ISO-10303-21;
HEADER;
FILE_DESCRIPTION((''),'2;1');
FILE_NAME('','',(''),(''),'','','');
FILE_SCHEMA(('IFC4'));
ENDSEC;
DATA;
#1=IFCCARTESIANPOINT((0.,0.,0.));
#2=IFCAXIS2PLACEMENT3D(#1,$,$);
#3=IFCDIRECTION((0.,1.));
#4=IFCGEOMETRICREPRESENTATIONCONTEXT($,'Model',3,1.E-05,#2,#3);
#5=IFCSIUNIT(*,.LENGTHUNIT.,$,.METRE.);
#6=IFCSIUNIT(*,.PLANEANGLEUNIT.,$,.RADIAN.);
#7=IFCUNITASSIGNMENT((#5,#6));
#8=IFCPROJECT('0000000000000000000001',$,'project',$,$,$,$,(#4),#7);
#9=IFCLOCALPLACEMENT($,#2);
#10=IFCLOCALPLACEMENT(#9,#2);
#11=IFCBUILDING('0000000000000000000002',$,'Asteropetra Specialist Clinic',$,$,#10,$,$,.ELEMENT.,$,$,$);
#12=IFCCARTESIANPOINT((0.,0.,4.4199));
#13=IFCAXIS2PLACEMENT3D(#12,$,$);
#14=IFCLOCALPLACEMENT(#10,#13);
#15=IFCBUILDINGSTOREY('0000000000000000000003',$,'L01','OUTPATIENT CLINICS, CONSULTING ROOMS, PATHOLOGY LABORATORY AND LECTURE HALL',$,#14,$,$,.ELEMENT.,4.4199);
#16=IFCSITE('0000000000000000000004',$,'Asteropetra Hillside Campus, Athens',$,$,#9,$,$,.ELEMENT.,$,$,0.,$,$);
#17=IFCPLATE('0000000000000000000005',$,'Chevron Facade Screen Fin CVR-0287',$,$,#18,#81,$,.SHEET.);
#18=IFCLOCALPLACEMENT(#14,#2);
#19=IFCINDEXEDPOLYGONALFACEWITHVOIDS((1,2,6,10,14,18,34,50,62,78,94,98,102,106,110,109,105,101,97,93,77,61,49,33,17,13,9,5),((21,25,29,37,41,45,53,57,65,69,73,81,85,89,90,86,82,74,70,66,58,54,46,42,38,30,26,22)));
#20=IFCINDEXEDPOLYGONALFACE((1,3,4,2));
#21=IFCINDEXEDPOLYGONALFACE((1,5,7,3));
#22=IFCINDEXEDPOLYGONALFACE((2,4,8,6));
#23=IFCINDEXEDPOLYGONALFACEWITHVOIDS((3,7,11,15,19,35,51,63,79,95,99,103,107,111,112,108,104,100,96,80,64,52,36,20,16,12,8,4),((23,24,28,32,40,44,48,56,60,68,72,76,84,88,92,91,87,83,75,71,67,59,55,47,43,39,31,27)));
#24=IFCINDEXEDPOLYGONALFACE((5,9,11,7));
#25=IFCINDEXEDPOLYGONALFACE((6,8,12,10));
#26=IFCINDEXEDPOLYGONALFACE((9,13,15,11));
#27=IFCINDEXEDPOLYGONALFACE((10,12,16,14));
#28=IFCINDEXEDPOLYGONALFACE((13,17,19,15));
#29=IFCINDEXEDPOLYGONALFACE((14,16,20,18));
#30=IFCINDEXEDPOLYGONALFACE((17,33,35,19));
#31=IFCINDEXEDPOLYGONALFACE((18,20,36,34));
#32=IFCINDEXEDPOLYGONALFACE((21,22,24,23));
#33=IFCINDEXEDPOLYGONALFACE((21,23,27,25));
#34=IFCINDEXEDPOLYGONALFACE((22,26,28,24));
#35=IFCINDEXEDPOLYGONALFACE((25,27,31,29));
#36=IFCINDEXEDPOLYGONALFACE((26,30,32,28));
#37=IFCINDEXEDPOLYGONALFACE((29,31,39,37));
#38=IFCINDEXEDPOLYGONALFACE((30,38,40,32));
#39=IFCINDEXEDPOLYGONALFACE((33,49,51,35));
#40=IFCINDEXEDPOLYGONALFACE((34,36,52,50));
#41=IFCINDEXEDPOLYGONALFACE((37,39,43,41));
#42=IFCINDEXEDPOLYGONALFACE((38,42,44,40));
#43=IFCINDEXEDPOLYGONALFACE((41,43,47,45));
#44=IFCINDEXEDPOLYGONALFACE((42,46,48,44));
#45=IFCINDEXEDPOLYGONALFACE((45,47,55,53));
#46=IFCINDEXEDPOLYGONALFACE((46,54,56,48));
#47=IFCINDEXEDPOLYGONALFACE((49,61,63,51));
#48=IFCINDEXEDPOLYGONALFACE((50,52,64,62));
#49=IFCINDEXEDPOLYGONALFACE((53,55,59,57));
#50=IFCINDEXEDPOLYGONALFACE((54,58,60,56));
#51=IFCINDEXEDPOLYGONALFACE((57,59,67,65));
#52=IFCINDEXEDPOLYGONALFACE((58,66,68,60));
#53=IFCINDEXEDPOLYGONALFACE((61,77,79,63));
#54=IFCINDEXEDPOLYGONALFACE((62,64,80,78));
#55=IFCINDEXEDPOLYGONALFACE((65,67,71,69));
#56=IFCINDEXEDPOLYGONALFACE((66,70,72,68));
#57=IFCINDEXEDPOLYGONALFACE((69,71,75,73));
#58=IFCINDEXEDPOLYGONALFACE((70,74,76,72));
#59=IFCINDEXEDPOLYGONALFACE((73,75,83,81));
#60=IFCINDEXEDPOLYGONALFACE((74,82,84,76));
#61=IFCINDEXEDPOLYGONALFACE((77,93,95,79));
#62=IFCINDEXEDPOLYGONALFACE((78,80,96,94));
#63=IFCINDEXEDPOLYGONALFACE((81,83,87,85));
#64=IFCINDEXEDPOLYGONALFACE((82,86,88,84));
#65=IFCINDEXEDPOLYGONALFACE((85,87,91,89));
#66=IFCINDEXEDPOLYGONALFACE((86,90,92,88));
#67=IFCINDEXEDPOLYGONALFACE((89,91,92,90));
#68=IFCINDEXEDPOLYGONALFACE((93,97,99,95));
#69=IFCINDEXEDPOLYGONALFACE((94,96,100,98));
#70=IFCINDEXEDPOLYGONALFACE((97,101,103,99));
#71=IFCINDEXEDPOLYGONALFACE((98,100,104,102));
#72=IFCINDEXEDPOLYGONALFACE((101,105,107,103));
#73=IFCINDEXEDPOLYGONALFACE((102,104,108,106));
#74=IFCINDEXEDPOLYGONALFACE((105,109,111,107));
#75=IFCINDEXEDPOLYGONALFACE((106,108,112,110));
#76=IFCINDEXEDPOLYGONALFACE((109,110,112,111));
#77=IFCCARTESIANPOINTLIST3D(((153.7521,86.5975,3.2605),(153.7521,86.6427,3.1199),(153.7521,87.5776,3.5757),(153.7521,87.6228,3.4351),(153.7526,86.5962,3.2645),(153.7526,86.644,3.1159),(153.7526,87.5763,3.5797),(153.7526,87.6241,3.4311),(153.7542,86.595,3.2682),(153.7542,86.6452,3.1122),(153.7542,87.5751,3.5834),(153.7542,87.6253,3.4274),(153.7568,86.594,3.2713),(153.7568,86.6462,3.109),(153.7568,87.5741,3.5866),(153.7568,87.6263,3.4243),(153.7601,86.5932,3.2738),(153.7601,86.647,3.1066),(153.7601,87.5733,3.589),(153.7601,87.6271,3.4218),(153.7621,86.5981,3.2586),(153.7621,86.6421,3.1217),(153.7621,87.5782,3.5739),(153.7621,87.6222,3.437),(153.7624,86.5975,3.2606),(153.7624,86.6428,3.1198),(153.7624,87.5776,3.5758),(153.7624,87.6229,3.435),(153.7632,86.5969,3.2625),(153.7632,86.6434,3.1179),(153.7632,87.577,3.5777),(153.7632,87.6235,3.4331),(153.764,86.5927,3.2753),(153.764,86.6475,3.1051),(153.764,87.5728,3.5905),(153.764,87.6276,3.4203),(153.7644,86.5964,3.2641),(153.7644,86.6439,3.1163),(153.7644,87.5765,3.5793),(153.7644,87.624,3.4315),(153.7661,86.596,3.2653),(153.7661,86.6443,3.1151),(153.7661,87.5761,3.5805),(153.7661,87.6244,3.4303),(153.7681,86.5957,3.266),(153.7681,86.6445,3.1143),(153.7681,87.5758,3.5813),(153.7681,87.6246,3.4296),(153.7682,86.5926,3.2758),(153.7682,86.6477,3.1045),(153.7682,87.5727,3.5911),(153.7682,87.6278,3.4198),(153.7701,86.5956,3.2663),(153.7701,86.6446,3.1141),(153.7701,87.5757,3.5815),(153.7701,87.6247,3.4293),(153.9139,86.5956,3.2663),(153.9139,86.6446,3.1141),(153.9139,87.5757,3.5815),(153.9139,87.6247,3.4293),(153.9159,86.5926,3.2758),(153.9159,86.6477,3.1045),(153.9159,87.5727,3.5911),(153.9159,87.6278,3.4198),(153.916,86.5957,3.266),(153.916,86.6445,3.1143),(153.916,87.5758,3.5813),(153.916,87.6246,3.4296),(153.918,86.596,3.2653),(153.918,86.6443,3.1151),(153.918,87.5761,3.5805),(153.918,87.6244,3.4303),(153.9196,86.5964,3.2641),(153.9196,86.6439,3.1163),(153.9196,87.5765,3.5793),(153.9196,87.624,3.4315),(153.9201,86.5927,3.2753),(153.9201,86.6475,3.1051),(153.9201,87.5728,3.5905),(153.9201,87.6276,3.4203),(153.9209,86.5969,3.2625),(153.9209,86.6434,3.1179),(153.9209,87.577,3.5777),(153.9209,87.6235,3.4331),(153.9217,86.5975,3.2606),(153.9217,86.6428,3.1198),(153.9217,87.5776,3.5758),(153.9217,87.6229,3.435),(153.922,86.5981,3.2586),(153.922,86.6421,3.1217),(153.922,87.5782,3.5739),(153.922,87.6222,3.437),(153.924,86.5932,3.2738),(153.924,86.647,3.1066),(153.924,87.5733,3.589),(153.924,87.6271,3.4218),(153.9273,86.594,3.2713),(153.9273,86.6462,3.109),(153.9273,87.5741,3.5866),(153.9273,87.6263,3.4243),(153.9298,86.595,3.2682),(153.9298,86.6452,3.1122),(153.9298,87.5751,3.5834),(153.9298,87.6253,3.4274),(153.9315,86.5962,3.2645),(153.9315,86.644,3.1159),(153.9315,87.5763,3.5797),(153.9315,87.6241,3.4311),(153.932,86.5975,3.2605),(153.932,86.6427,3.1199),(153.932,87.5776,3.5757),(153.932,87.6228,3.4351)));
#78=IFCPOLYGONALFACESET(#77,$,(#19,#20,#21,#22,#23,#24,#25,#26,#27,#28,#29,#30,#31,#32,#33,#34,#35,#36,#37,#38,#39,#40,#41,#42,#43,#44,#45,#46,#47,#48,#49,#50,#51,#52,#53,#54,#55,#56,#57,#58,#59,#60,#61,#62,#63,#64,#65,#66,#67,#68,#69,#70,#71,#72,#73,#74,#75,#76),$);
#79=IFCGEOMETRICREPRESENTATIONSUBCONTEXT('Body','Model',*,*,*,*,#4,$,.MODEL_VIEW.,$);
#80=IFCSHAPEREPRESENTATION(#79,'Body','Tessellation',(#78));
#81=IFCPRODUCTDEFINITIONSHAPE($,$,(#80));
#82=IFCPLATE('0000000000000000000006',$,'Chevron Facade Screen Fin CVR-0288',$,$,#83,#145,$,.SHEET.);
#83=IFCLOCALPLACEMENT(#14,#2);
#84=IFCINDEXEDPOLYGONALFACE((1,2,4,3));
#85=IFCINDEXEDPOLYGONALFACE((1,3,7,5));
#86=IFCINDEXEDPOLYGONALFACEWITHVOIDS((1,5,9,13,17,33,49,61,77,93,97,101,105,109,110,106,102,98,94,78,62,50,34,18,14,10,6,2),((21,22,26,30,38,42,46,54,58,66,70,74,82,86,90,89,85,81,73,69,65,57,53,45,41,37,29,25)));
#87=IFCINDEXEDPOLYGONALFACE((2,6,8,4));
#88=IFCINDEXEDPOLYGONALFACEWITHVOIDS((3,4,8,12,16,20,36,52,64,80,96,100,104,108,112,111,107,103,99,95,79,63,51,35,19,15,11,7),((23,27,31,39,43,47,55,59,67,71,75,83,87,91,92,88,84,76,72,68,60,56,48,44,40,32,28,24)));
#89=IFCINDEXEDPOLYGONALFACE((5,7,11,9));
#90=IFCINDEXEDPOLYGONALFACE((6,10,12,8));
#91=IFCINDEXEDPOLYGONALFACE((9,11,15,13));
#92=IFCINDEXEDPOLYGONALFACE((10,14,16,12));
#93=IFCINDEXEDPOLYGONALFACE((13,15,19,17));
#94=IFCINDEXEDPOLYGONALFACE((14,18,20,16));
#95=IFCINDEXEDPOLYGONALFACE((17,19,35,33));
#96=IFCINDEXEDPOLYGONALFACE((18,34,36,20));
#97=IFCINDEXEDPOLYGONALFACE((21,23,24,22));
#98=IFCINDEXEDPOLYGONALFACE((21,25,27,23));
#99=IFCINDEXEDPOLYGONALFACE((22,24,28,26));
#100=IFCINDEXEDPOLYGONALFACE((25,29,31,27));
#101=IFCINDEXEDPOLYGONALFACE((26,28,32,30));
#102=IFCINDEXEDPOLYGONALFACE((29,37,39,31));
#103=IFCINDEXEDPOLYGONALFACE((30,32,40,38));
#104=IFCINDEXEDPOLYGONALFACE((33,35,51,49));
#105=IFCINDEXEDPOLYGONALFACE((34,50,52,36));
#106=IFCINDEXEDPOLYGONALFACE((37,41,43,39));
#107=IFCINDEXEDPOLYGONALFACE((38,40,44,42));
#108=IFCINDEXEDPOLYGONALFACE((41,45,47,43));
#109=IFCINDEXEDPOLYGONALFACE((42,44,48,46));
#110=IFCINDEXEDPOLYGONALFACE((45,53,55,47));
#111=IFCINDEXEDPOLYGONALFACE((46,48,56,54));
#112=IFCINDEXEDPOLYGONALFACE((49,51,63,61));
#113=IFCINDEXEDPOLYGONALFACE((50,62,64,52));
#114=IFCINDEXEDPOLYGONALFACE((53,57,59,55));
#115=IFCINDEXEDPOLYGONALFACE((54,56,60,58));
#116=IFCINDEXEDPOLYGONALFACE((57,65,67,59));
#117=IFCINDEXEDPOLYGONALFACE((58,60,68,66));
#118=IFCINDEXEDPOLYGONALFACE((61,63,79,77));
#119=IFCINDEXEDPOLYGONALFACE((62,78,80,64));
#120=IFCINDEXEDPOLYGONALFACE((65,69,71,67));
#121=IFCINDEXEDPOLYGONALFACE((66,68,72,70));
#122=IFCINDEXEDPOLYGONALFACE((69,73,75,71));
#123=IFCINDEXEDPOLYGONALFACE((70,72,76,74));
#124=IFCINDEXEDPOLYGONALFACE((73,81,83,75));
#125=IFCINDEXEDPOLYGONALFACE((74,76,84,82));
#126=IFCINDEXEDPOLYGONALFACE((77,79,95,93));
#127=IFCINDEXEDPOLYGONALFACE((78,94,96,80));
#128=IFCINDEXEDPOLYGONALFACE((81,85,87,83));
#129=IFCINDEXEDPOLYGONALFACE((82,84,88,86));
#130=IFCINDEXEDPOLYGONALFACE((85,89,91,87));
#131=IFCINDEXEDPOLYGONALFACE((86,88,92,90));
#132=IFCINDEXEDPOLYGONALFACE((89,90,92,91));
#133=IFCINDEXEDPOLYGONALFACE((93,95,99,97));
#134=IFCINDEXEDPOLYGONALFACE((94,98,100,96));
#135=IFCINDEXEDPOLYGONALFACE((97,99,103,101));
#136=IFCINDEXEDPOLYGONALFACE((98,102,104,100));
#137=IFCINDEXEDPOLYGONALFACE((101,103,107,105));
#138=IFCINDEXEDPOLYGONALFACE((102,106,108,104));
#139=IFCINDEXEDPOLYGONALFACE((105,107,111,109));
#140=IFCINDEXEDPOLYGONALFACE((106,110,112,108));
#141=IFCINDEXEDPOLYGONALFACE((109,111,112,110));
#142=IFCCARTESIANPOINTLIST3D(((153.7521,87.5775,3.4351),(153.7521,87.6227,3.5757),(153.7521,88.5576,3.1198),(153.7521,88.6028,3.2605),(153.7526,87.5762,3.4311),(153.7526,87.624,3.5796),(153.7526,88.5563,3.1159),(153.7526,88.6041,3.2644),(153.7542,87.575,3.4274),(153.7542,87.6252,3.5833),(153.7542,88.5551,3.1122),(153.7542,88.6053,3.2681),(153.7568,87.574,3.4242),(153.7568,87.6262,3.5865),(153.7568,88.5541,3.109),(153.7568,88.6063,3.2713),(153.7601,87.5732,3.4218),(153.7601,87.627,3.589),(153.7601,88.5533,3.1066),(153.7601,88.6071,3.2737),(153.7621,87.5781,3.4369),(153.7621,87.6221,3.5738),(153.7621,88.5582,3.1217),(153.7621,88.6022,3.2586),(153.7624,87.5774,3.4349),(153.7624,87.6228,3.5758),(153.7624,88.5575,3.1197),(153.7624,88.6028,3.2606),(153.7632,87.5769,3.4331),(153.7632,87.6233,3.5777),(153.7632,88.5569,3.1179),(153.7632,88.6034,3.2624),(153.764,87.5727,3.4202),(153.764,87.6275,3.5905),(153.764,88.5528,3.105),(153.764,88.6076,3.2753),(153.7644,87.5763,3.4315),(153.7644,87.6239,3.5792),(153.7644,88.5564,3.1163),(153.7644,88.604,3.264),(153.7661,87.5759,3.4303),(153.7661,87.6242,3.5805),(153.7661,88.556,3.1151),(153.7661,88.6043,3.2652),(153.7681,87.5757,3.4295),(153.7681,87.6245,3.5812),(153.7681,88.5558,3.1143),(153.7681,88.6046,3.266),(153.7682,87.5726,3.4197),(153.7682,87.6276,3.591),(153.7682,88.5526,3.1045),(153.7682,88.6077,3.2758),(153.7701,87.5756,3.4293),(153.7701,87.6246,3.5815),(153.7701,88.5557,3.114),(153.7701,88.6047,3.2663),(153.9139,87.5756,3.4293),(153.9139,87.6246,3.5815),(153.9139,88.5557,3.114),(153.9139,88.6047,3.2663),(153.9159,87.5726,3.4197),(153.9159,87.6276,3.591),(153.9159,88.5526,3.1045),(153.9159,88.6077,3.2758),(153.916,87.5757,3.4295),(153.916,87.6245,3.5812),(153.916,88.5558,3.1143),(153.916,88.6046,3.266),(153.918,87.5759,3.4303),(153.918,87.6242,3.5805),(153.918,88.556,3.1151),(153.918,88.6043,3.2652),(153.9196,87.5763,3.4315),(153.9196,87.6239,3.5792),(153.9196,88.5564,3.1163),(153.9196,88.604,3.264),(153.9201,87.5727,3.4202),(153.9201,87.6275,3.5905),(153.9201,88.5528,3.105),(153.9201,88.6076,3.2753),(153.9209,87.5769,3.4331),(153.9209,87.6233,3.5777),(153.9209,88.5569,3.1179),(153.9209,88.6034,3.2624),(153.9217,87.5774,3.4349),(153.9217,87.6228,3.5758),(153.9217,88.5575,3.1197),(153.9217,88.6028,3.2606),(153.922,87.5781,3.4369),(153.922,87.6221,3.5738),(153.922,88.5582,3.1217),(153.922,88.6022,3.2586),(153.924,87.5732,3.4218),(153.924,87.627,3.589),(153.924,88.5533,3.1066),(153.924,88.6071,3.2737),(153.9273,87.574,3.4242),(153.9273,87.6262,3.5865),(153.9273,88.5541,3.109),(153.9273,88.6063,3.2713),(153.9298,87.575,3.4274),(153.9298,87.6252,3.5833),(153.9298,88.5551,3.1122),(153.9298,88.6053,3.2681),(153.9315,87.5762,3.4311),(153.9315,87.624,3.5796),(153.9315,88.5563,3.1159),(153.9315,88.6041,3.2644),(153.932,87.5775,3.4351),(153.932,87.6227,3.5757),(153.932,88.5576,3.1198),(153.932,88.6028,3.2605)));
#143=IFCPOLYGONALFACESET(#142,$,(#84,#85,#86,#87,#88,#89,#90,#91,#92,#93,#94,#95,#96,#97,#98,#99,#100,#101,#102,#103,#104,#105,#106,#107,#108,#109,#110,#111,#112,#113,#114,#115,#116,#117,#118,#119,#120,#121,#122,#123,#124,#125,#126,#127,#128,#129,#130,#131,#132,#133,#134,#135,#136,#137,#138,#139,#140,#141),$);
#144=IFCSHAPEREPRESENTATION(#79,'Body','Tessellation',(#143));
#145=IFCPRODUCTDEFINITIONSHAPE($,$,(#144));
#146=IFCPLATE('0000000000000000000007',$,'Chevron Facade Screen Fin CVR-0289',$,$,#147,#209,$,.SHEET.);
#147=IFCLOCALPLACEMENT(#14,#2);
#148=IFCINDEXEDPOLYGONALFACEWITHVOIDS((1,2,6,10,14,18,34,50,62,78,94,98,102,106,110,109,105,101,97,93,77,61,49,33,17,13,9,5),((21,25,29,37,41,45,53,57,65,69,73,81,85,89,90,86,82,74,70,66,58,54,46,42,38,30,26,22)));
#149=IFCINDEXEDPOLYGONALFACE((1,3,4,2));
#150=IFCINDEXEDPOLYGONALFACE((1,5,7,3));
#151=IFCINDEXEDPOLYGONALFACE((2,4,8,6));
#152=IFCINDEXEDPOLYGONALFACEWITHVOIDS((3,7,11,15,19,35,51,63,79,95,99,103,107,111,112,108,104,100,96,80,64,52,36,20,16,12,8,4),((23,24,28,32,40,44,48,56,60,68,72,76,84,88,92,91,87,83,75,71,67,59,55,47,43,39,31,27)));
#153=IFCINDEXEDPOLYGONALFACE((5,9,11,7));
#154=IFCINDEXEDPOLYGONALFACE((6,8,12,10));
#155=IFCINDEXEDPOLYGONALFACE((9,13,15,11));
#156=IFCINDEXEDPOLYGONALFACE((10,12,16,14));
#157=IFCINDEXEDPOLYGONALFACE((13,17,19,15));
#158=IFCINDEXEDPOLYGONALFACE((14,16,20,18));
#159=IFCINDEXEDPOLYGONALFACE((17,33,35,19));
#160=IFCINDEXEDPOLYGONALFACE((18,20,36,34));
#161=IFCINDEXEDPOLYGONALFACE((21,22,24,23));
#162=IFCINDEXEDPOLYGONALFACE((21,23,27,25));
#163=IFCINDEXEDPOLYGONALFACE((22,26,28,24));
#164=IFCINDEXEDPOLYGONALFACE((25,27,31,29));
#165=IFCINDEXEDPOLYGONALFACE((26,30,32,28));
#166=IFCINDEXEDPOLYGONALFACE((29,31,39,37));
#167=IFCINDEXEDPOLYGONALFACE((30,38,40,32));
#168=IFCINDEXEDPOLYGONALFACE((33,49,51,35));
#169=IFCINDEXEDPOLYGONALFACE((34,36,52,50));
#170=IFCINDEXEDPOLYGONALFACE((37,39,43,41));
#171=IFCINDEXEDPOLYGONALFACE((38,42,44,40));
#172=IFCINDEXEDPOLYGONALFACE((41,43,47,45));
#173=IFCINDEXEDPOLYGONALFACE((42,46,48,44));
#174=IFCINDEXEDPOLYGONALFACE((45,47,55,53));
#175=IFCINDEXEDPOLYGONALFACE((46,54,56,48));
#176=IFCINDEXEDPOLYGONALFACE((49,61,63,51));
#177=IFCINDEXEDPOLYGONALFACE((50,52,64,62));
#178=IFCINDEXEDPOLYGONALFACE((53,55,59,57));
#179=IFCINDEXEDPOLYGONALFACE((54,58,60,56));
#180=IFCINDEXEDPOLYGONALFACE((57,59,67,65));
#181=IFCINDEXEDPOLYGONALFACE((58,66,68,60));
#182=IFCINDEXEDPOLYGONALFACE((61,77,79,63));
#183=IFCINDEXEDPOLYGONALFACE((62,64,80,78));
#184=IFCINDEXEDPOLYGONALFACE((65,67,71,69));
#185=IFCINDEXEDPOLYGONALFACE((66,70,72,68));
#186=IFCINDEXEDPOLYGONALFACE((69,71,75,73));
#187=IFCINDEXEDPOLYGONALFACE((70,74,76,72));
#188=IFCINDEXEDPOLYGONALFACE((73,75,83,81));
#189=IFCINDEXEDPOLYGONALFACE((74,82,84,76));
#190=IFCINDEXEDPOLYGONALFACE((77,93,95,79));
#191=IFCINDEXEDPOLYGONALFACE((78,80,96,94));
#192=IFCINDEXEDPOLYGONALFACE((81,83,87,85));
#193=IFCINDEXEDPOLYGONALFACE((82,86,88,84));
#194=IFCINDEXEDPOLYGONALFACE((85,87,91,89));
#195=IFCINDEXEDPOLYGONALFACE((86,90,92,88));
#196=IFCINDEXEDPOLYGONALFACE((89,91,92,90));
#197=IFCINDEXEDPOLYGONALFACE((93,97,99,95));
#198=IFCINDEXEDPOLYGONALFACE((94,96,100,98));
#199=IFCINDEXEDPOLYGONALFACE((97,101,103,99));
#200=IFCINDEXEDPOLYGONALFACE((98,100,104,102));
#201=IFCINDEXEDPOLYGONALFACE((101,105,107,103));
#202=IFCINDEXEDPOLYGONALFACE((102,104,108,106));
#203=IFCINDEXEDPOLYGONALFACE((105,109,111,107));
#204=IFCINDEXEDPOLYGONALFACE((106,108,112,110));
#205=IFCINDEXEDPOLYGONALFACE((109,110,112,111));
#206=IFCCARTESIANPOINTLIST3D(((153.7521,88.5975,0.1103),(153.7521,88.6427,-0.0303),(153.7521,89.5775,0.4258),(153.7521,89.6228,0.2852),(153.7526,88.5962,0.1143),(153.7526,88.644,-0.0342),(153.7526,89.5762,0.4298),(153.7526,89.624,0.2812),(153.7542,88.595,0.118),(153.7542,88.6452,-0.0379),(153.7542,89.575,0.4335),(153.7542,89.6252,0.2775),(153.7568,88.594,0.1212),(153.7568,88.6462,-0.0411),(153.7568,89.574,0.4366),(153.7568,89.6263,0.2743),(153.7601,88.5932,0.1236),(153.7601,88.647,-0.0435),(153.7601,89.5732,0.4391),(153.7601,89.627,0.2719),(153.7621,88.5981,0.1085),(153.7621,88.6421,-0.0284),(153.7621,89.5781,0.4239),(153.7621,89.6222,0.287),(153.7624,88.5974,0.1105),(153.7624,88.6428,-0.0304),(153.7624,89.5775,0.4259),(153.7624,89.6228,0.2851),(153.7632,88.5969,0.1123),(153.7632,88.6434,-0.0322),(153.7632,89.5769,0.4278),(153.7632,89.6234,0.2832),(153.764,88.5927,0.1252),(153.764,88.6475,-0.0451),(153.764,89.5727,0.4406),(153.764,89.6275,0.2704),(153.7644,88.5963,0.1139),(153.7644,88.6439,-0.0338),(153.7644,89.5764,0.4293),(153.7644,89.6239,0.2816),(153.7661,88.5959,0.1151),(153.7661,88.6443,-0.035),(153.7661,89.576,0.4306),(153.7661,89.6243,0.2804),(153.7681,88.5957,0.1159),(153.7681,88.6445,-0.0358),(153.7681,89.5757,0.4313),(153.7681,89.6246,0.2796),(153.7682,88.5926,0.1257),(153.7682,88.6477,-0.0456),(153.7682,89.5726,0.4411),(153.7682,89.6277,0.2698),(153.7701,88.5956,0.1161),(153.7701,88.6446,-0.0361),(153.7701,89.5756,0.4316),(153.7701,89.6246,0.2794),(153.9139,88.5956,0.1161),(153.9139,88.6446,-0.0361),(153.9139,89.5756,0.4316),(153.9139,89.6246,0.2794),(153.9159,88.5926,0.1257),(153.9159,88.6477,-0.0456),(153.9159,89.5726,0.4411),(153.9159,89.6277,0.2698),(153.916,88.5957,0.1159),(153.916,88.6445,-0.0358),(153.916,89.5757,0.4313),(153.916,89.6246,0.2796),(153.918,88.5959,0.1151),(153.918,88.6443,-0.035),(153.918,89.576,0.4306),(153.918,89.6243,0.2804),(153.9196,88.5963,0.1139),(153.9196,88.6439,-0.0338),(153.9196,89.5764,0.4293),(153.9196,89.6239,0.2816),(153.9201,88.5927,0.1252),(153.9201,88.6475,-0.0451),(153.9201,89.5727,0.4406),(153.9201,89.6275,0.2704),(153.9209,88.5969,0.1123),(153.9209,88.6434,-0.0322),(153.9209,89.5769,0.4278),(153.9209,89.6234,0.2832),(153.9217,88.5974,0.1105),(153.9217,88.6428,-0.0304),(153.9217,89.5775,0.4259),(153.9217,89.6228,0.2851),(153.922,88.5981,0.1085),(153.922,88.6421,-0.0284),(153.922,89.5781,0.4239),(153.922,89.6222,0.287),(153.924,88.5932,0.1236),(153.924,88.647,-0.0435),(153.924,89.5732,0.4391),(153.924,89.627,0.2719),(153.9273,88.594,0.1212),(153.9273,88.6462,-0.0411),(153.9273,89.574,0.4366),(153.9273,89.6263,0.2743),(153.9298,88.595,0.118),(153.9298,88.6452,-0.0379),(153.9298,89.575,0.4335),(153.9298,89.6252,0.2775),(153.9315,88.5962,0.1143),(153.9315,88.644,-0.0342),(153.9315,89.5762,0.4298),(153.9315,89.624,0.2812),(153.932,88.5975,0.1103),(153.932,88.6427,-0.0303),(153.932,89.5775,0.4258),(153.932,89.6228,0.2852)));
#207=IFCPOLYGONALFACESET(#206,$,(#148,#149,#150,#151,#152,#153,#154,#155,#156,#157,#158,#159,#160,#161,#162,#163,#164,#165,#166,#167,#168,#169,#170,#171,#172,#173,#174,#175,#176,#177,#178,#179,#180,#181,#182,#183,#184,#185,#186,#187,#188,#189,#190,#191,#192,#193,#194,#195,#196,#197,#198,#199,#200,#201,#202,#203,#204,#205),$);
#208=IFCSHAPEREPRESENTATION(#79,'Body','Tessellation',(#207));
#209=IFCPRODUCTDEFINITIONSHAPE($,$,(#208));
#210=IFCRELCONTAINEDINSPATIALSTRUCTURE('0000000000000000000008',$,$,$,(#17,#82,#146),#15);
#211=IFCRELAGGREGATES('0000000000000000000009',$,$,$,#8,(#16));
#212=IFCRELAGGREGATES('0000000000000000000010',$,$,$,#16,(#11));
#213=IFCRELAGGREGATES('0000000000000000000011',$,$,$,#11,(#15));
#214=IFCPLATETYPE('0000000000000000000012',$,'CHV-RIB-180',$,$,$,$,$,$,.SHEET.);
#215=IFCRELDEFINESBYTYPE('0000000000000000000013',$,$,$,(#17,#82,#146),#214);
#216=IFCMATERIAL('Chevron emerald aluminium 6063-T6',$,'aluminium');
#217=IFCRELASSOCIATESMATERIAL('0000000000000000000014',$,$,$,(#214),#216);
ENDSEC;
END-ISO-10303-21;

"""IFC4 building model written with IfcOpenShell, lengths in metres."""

from ifc_helpers import new_model, si_unit, direction, frame, origin, origin_2d, place, context, subcontext, project, spatial, hollow_rectangle, extrude, material, material_profile, profile_set, type_object, element, save


model = new_model("IFC4")

# Units and contexts
model_context = context("Model", 3, precision=1e-05, world=origin(), true_north=direction((0.0, 1.0)))
body_context = subcontext(model_context, "Body", "Model", "MODEL_VIEW")
ifc_project = project(units=[si_unit("LENGTHUNIT", "METRE"), si_unit("PLANEANGLEUNIT", "RADIAN")], contexts=[model_context])

# Site, building, storey
site_placement = place(None, origin())
site = spatial("IfcSite", under=ifc_project, at=site_placement, Name="Asteropetra Hillside Campus, Athens", CompositionType="ELEMENT", RefElevation=0.0)
building_placement = place(site_placement, origin())
building = spatial("IfcBuilding", under=site, at=building_placement, Name="Asteropetra Specialist Clinic", CompositionType="ELEMENT")
storey_placement = place(building_placement, frame((0.0, 0.0, 4.4199)))
storey = spatial("IfcBuildingStorey", under=building, at=storey_placement, Name="L01", Description="OUTPATIENT CLINICS, CONSULTING ROOMS, PATHOLOGY LABORATORY AND LECTURE HALL", CompositionType="ELEMENT", Elevation=4.4199)

# Plates
ifc_material = material(Name="Chevron emerald aluminium 6063-T6", Category="aluminium")
ifc_material_profile = material_profile(ifc_material, hollow_rectangle(XDim=0.1799, YDim=0.1799, WallThickness=0.01, InnerFilletRadius=0.0081, OuterFilletRadius=0.0161, at=origin_2d()), Name="SHS 180x180x10.0")
ifc_profile_set = profile_set([ifc_material_profile], Name="Chevron emerald aluminium 6063-T6")
plate_type = type_object("IfcPlateType", Name="CHV-RIB-180", PredefinedType="SHEET", material=ifc_profile_set)
for number, where, z_axis, x_axis, name in (
    (1, (153.842, 86.6201, 3.1902), (0.0, 0.951974, 0.306178), (-1.0, 0.0, 0.0), "Chevron Facade Screen Fin CVR-0287"),
    (2, (153.842, 87.6001, 3.5054), (0.0, 0.951974, -0.306178), (-1.0, 0.0, 0.0), "Chevron Facade Screen Fin CVR-0288"),
    (3, (153.842, 88.6201, 0.04), (0.0, 0.951905, 0.306393), (-1.0, 0.0, 0.0), "Chevron Facade Screen Fin CVR-0289"),
):
    element("IfcPlate", number, at=place(storey_placement, frame(where, z_axis=z_axis, x_axis=x_axis)), inside=storey, type_object=plate_type, Name=name, PredefinedType="SHEET", context=body_context, shape_type="SweptSolid", body=[
        extrude(hollow_rectangle(XDim=0.1799, YDim=0.1799, WallThickness=0.01, InnerFilletRadius=0.0081, OuterFilletRadius=0.0161, at=origin_2d()), origin(), (0.0, 0.0, 1.0), 1.0295),
    ])

save(model, "model.ifc")
